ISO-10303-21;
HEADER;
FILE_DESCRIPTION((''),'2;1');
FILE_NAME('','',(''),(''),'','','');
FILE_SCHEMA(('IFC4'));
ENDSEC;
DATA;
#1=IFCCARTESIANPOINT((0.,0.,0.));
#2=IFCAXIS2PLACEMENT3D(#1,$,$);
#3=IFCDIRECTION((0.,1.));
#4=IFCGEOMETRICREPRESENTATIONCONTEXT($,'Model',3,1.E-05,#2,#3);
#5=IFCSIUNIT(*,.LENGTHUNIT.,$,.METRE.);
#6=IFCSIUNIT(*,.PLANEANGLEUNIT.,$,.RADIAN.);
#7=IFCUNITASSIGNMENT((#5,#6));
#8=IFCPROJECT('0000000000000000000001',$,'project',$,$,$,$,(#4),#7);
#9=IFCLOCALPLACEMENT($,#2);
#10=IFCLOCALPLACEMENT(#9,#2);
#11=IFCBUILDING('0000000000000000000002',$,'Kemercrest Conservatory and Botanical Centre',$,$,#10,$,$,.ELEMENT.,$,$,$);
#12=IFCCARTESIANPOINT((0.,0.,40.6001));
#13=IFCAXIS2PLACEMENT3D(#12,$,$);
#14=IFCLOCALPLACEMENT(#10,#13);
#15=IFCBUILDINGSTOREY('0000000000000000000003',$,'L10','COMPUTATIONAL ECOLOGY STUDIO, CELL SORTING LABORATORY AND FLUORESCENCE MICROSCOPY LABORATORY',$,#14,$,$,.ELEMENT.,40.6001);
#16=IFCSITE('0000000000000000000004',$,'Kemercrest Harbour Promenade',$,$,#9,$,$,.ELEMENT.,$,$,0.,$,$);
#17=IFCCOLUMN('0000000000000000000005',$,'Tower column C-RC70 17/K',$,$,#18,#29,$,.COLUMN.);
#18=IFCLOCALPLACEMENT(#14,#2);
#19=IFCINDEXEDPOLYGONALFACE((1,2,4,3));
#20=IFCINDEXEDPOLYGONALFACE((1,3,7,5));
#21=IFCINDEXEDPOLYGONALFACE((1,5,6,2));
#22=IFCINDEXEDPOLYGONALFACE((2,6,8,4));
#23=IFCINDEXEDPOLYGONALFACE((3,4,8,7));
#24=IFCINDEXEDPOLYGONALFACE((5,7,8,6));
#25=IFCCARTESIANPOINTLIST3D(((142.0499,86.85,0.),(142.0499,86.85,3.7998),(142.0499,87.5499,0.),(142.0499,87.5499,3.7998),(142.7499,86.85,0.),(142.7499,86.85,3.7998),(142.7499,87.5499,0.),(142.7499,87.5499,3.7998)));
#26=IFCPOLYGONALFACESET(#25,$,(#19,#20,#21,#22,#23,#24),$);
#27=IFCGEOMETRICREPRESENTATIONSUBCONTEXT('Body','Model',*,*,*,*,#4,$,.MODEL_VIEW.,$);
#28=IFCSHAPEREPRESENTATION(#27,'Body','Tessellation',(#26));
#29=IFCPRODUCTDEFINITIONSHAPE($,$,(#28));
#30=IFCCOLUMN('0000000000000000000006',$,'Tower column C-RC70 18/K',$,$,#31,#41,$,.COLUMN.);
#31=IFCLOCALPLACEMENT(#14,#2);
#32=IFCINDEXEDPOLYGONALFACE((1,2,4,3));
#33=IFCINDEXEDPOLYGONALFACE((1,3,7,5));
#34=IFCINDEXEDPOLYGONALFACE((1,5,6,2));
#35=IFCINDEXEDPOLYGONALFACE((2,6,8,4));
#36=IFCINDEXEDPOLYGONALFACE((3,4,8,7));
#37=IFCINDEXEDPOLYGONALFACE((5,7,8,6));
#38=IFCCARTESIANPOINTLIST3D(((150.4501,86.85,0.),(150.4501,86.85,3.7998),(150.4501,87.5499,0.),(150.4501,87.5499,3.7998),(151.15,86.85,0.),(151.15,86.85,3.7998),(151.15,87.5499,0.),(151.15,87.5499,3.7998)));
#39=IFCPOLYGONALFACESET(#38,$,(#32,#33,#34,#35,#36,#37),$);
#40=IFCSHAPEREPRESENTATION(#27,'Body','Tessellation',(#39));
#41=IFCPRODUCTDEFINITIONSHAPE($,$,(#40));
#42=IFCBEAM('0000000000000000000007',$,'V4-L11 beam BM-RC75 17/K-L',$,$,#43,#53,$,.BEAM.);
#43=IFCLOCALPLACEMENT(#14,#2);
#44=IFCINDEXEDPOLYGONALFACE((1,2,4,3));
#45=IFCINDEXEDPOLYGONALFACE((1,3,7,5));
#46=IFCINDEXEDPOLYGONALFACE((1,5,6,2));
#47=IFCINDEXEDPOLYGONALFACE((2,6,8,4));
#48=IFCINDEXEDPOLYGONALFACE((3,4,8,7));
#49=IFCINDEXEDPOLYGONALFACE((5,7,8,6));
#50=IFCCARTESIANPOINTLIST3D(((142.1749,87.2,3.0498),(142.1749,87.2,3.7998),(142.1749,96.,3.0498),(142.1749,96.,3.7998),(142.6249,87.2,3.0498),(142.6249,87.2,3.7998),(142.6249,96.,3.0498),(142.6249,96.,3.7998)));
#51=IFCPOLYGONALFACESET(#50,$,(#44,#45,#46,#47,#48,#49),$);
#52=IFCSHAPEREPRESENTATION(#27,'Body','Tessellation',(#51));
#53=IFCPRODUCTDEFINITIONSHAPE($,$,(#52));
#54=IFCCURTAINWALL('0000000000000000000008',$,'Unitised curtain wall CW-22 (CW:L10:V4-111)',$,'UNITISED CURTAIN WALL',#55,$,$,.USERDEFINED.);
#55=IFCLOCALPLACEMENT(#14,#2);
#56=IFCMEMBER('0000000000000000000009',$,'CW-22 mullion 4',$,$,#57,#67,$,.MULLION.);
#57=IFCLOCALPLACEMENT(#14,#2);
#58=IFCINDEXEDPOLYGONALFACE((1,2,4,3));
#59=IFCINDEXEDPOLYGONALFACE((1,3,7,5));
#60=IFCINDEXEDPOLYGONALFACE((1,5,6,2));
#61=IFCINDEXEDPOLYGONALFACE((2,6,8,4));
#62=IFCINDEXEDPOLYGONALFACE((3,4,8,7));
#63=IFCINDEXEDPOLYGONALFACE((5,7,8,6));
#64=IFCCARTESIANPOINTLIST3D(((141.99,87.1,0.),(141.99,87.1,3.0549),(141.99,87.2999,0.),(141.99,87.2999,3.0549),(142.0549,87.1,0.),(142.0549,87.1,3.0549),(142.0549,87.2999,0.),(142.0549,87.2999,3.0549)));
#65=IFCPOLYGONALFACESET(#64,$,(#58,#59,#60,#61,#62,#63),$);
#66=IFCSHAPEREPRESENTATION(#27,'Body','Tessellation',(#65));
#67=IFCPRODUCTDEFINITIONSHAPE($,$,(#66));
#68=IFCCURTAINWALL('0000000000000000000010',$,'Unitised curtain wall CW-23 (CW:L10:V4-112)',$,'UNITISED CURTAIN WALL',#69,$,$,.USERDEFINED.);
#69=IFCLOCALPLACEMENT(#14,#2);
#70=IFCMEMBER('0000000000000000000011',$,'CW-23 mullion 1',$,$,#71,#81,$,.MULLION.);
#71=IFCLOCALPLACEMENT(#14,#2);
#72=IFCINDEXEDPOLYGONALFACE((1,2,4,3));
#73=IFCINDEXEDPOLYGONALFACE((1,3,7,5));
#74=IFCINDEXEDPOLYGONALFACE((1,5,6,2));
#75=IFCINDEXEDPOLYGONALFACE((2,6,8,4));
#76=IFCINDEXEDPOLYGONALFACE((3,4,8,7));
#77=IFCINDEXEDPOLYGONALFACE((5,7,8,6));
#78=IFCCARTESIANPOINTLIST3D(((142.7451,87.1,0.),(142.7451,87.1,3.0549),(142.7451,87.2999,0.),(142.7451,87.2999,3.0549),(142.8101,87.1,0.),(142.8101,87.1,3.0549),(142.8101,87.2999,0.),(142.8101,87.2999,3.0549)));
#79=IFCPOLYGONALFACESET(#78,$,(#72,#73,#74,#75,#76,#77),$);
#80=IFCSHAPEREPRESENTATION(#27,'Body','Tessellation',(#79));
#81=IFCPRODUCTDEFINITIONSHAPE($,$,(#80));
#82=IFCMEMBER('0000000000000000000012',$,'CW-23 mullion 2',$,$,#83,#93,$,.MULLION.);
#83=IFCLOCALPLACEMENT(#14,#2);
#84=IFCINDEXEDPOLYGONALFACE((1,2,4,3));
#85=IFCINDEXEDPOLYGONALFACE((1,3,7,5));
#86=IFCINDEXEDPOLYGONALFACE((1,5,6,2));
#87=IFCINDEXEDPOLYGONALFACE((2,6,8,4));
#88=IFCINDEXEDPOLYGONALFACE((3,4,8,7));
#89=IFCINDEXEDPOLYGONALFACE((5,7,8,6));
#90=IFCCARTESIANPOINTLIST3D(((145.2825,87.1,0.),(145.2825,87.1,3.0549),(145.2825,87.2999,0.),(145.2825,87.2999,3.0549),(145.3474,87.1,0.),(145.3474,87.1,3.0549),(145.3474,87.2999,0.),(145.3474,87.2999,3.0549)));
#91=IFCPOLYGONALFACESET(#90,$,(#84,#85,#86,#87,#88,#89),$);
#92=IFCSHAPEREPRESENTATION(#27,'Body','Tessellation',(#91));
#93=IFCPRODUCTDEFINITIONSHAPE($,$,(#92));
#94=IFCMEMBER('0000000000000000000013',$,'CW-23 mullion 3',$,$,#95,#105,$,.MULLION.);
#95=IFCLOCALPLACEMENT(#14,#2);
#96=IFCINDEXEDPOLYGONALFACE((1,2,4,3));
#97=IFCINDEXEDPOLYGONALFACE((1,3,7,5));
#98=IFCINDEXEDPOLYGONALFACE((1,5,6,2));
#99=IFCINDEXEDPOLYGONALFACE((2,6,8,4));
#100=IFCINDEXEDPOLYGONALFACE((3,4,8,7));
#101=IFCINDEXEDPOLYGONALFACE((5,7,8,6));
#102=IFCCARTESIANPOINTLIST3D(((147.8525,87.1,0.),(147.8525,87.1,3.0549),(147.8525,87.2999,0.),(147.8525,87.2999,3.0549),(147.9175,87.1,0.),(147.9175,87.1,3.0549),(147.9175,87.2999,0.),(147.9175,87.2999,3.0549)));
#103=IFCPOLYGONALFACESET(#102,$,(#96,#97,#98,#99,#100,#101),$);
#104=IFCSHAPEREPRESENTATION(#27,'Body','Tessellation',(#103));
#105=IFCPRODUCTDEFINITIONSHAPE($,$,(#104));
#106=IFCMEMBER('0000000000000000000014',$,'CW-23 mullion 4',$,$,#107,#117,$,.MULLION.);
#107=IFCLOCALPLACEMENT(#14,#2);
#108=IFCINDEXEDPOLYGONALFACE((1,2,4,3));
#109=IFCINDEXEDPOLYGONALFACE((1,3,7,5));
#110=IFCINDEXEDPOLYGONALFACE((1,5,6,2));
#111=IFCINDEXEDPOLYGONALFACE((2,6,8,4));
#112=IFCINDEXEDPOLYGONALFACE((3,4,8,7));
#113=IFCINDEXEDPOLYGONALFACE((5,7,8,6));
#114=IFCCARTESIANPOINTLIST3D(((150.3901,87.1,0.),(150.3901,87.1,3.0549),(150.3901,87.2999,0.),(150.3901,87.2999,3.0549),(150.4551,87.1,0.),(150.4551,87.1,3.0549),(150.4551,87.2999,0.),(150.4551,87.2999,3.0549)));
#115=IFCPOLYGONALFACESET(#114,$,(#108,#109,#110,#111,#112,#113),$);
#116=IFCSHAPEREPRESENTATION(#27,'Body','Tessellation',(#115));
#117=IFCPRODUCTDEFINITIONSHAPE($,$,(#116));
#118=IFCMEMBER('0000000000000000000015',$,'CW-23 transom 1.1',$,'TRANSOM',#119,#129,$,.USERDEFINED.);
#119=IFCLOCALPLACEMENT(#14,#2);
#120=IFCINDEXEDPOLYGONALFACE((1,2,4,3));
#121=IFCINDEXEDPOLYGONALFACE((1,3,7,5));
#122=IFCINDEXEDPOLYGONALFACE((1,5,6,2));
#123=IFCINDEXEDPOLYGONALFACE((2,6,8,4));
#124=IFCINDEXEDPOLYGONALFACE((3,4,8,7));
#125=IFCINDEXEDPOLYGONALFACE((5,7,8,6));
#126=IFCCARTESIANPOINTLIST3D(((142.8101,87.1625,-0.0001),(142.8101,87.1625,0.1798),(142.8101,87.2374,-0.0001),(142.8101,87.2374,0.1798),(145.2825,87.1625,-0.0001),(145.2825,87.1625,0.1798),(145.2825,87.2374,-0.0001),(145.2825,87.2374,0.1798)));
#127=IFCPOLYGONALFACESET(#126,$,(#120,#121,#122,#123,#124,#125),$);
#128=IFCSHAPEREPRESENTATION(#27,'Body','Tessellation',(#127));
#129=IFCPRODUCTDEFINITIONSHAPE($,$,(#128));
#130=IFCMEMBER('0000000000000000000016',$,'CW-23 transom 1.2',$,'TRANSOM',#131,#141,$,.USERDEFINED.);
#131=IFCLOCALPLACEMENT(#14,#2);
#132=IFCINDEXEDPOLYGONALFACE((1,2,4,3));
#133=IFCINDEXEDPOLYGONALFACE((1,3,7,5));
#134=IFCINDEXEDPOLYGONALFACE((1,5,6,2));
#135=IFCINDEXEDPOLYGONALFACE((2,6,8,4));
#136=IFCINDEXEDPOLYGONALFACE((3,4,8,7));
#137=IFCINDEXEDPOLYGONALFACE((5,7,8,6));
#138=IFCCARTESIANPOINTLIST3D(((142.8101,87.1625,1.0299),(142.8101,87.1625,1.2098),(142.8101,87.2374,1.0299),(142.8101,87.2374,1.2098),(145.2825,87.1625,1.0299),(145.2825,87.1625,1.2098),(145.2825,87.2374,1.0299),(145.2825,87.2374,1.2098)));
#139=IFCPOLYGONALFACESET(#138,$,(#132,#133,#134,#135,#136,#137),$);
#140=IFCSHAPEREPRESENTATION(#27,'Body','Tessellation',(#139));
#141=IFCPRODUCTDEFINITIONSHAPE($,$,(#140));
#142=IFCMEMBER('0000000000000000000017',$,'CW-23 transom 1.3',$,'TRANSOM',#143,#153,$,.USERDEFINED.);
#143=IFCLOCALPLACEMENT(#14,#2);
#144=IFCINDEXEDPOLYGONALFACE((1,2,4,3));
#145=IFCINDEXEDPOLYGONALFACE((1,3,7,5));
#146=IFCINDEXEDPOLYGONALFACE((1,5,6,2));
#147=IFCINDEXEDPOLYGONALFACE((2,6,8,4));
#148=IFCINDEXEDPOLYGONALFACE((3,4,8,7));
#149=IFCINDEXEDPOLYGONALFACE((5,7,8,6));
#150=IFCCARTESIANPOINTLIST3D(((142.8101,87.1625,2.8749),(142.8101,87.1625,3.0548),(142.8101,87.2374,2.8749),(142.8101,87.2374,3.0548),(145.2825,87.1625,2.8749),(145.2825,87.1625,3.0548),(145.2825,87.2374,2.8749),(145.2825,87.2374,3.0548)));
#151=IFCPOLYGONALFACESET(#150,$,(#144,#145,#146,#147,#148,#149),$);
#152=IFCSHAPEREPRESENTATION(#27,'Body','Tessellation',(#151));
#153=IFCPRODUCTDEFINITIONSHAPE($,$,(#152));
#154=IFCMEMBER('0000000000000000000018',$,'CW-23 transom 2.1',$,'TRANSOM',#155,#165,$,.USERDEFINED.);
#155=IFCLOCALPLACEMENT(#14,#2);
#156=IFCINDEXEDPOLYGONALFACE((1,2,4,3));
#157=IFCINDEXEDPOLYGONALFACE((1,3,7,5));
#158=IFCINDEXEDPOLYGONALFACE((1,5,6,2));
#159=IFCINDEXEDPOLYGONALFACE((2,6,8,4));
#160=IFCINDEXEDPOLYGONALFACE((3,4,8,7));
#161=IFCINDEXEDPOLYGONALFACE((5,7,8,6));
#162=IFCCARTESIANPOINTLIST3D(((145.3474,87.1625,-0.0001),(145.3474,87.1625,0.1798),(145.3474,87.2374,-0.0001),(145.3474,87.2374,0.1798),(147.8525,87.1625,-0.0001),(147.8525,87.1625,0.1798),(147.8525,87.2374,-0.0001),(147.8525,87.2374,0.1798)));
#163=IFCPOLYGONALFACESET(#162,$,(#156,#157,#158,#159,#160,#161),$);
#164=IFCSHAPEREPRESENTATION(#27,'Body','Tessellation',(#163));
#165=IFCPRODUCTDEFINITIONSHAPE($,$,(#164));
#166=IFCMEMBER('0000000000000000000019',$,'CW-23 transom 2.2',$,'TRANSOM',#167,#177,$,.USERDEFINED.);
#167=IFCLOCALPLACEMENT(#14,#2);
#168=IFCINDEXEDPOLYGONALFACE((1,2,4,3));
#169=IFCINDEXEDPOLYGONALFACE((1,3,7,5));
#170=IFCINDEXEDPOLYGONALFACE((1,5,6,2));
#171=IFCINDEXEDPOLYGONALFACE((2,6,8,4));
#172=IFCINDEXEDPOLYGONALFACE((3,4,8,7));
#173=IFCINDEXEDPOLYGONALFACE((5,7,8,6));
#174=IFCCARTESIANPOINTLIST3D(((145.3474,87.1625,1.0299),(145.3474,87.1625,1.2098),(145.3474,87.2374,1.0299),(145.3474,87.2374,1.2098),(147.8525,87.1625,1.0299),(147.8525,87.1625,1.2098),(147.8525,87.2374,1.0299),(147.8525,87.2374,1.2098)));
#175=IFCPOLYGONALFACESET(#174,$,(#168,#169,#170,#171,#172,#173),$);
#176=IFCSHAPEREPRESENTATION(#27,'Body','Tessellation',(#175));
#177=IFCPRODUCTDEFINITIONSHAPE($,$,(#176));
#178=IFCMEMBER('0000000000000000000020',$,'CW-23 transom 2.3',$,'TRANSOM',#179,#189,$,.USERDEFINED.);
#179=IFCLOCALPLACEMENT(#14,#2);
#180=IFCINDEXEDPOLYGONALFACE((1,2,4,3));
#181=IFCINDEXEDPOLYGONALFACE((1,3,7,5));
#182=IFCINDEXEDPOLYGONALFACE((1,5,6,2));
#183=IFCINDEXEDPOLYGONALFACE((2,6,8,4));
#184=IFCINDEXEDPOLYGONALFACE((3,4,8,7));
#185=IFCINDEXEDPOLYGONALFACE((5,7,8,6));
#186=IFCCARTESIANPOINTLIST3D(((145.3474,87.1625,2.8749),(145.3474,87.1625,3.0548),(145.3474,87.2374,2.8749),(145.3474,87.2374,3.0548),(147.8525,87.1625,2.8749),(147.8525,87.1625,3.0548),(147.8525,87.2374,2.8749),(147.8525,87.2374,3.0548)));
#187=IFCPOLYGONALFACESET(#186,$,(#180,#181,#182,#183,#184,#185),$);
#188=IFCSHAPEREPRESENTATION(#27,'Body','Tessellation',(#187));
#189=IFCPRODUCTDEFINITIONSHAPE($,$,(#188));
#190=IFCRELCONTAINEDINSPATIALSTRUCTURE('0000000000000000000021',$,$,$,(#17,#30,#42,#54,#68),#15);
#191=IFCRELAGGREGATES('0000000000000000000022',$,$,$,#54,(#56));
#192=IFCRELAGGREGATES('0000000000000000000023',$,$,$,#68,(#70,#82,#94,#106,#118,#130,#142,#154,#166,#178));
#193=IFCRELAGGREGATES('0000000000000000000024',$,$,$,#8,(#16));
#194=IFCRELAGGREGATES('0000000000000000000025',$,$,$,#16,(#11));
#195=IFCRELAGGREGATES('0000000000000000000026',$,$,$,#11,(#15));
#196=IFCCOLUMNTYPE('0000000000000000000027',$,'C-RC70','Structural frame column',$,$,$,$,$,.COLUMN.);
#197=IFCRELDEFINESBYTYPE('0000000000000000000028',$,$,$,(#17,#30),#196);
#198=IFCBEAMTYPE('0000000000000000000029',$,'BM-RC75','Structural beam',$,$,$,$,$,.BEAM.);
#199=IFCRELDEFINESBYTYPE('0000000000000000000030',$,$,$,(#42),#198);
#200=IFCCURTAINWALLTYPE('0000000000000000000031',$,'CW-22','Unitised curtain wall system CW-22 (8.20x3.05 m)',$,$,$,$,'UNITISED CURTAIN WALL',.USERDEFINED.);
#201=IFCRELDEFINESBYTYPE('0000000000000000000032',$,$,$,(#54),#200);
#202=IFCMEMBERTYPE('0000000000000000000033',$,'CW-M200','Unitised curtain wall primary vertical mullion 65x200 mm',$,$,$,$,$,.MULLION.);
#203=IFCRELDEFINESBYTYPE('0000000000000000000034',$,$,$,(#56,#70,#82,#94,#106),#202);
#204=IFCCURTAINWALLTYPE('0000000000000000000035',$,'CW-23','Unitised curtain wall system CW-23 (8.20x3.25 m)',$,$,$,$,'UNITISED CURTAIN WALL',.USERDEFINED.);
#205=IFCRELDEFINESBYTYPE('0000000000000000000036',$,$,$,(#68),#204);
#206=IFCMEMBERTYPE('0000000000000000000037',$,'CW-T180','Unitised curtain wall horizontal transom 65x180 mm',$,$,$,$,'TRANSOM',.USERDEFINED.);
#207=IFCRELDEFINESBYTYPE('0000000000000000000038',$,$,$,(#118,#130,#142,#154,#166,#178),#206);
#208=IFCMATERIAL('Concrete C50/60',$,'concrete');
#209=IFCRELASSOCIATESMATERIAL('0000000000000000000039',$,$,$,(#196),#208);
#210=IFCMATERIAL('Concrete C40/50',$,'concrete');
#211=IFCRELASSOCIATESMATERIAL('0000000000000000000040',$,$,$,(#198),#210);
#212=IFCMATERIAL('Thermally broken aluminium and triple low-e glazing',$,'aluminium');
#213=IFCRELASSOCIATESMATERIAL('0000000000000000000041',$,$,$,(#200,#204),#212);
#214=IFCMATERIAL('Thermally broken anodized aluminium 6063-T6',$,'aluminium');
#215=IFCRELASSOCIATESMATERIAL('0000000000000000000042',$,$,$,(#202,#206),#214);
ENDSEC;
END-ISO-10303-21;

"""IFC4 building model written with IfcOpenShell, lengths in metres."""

from ifc_helpers import new_model, si_unit, direction, frame, origin, origin_2d, place, context, subcontext, project, spatial, rectangle, extrude, material, material_profile, profile_set, type_object, element, aggregate, save


model = new_model("IFC4")

# Units and contexts
model_context = context("Model", 3, precision=1e-05, world=origin(), true_north=direction((0.0, 1.0)))
body_context = subcontext(model_context, "Body", "Model", "MODEL_VIEW")
ifc_project = project(units=[si_unit("LENGTHUNIT", "METRE"), si_unit("PLANEANGLEUNIT", "RADIAN")], contexts=[model_context])

# Site, building, storey
site_placement = place(None, origin())
site = spatial("IfcSite", under=ifc_project, at=site_placement, Name="Kemercrest Harbour Promenade", CompositionType="ELEMENT", RefElevation=0.0)
building_placement = place(site_placement, origin())
building = spatial("IfcBuilding", under=site, at=building_placement, Name="Kemercrest Conservatory and Botanical Centre", CompositionType="ELEMENT")
storey_placement = place(building_placement, frame((0.0, 0.0, 40.6001)))
storey = spatial("IfcBuildingStorey", under=building, at=storey_placement, Name="L10", Description="COMPUTATIONAL ECOLOGY STUDIO, CELL SORTING LABORATORY AND FLUORESCENCE MICROSCOPY LABORATORY", CompositionType="ELEMENT", Elevation=40.6001)

# Columns
ifc_material_1 = material(Name="Concrete C50/60", Category="concrete")
ifc_material_profile_1 = material_profile(ifc_material_1, rectangle(XDim=0.7, YDim=0.7, at=origin_2d()), Name="RC 700x700")
ifc_profile_set_1 = profile_set([ifc_material_profile_1], Name="Concrete C50/60")
column_type = type_object("IfcColumnType", Name="C-RC70", Description="Structural frame column", PredefinedType="COLUMN", material=ifc_profile_set_1)
for number, where, z_axis, x_axis, name in (
    (1, (142.3999, 87.2, 0.0), (0.0, 0.0, 1.0), (1.0, 0.0, 0.0), "Tower column C-RC70 17/K"),
    (2, (150.8, 87.2, 0.0), (0.0, 0.0, 1.0), (1.0, 0.0, 0.0), "Tower column C-RC70 18/K"),
):
    element("IfcColumn", number, at=place(storey_placement, frame(where, z_axis=z_axis, x_axis=x_axis)), inside=storey, type_object=column_type, Name=name, PredefinedType="COLUMN", context=body_context, shape_type="SweptSolid", body=[
        extrude(rectangle(XDim=0.7, YDim=0.7, at=origin_2d()), origin(), (0.0, 0.0, 1.0), 3.7998),
    ])

# Beam
ifc_material_2 = material(Name="Concrete C40/50", Category="concrete")
ifc_material_profile_2 = material_profile(ifc_material_2, rectangle(XDim=0.45, YDim=0.75, at=origin_2d()), Name="RC 450x750")
ifc_profile_set_2 = profile_set([ifc_material_profile_2], Name="Concrete C40/50")
beam_type_1 = type_object("IfcBeamType", Name="BM-RC75", Description="Structural beam", PredefinedType="BEAM", material=ifc_profile_set_2)
beam_1_placement = place(storey_placement, frame((142.3999, 87.2, 3.4248), z_axis=(0.0, 1.0, 0.0), x_axis=(-1.0, 0.0, 0.0)))
element("IfcBeam", 3, at=beam_1_placement, inside=storey, type_object=beam_type_1, Name="V4-L11 beam BM-RC75 17/K-L", PredefinedType="BEAM", context=body_context, shape_type="SweptSolid", body=[
    extrude(rectangle(XDim=0.45, YDim=0.75, at=origin_2d()), origin(), (0.0, 0.0, 1.0), 8.8),
])

# Curtain wall, member
ifc_material_3 = material(Name="Thermally broken aluminium and triple low-e glazing", Category="aluminium")
curtain_wall_type_1 = type_object("IfcCurtainWallType", Name="CW-22", Description="Unitised curtain wall system CW-22 (8.20x3.05 m)", ElementType="UNITISED CURTAIN WALL", PredefinedType="USERDEFINED", material=ifc_material_3)
curtain_wall_1_placement = place(storey_placement, origin())
curtain_wall_1 = element("IfcCurtainWall", 4, at=curtain_wall_1_placement, inside=storey, type_object=curtain_wall_type_1, Name="Unitised curtain wall CW-22 (CW:L10:V4-111)", ObjectType="UNITISED CURTAIN WALL", PredefinedType="USERDEFINED")
ifc_material_4 = material(Name="Thermally broken anodized aluminium 6063-T6", Category="aluminium")
ifc_material_profile_3 = material_profile(ifc_material_4, rectangle(XDim=0.2, YDim=0.0649, at=origin_2d()), Name="AL MULLION 65x200")
ifc_profile_set_3 = profile_set([ifc_material_profile_3], Name="Thermally broken anodized aluminium 6063-T6")
member_type_1 = type_object("IfcMemberType", Name="CW-M200", Description="Unitised curtain wall primary vertical mullion 65x200 mm", PredefinedType="MULLION", material=ifc_profile_set_3)
member_1_placement = place(storey_placement, frame((142.0225, 87.2, 0.0), z_axis=(0.0, 0.0, 1.0), x_axis=(0.0, 1.0, 0.0)))
member_1 = element("IfcMember", 5, at=member_1_placement, type_object=member_type_1, Name="CW-22 mullion 4", PredefinedType="MULLION", context=body_context, shape_type="SweptSolid", body=[
    extrude(rectangle(XDim=0.2, YDim=0.0649, at=origin_2d()), origin(), (0.0, 0.0, 1.0), 3.0549),
])
aggregate(curtain_wall_1, [member_1])

# Curtain wall, members
curtain_wall_type_2 = type_object("IfcCurtainWallType", Name="CW-23", Description="Unitised curtain wall system CW-23 (8.20x3.25 m)", ElementType="UNITISED CURTAIN WALL", PredefinedType="USERDEFINED", material=ifc_material_3)
curtain_wall_2_placement = place(storey_placement, origin())
curtain_wall_2 = element("IfcCurtainWall", 6, at=curtain_wall_2_placement, inside=storey, type_object=curtain_wall_type_2, Name="Unitised curtain wall CW-23 (CW:L10:V4-112)", ObjectType="UNITISED CURTAIN WALL", PredefinedType="USERDEFINED")
member_2_placement = place(storey_placement, frame((142.7776, 87.2, 0.0), z_axis=(0.0, 0.0, 1.0), x_axis=(0.0, 1.0, 0.0)))
member_2 = element("IfcMember", 7, at=member_2_placement, type_object=member_type_1, Name="CW-23 mullion 1", PredefinedType="MULLION", context=body_context, shape_type="SweptSolid", body=[
    extrude(rectangle(XDim=0.2, YDim=0.0649, at=origin_2d()), origin(), (0.0, 0.0, 1.0), 3.0549),
])
member_3_placement = place(storey_placement, frame((145.3149, 87.2, 0.0), z_axis=(0.0, 0.0, 1.0), x_axis=(0.0, 1.0, 0.0)))
member_3 = element("IfcMember", 8, at=member_3_placement, type_object=member_type_1, Name="CW-23 mullion 2", PredefinedType="MULLION", context=body_context, shape_type="SweptSolid", body=[
    extrude(rectangle(XDim=0.2, YDim=0.0649, at=origin_2d()), origin(), (0.0, 0.0, 1.0), 3.0549),
])
member_4_placement = place(storey_placement, frame((147.885, 87.2, 0.0), z_axis=(0.0, 0.0, 1.0), x_axis=(0.0, 1.0, 0.0)))
member_4 = element("IfcMember", 9, at=member_4_placement, type_object=member_type_1, Name="CW-23 mullion 3", PredefinedType="MULLION", context=body_context, shape_type="SweptSolid", body=[
    extrude(rectangle(XDim=0.2, YDim=0.0649, at=origin_2d()), origin(), (0.0, 0.0, 1.0), 3.0549),
])
member_5_placement = place(storey_placement, frame((150.4226, 87.2, 0.0), z_axis=(0.0, 0.0, 1.0), x_axis=(0.0, 1.0, 0.0)))
member_5 = element("IfcMember", 10, at=member_5_placement, type_object=member_type_1, Name="CW-23 mullion 4", PredefinedType="MULLION", context=body_context, shape_type="SweptSolid", body=[
    extrude(rectangle(XDim=0.2, YDim=0.0649, at=origin_2d()), origin(), (0.0, 0.0, 1.0), 3.0549),
])
ifc_material_profile_4 = material_profile(ifc_material_4, rectangle(XDim=0.075, YDim=0.1799, at=origin_2d()), Name="AL TRANSOM 75x180")
ifc_profile_set_4 = profile_set([ifc_material_profile_4], Name="Thermally broken anodized aluminium 6063-T6")
member_type_2 = type_object("IfcMemberType", Name="CW-T180", Description="Unitised curtain wall horizontal transom 65x180 mm", ElementType="TRANSOM", PredefinedType="USERDEFINED", material=ifc_profile_set_4)
member_6_placement = place(storey_placement, frame((142.8101, 87.2, 0.0898), z_axis=(1.0, 0.0, 0.0), x_axis=(0.0, 1.0, 0.0)))
member_6 = element("IfcMember", 11, at=member_6_placement, type_object=member_type_2, Name="CW-23 transom 1.1", ObjectType="TRANSOM", PredefinedType="USERDEFINED", context=body_context, shape_type="SweptSolid", body=[
    extrude(rectangle(XDim=0.075, YDim=0.1799, at=origin_2d()), origin(), (0.0, 0.0, 1.0), 2.4724),
])
member_7_placement = place(storey_placement, frame((142.8101, 87.2, 1.1199), z_axis=(1.0, 0.0, 0.0), x_axis=(0.0, 1.0, 0.0)))
member_7 = element("IfcMember", 12, at=member_7_placement, type_object=member_type_2, Name="CW-23 transom 1.2", ObjectType="TRANSOM", PredefinedType="USERDEFINED", context=body_context, shape_type="SweptSolid", body=[
    extrude(rectangle(XDim=0.075, YDim=0.1799, at=origin_2d()), origin(), (0.0, 0.0, 1.0), 2.4724),
])
member_8_placement = place(storey_placement, frame((142.8101, 87.2, 2.9648), z_axis=(1.0, 0.0, 0.0), x_axis=(0.0, 1.0, 0.0)))
member_8 = element("IfcMember", 13, at=member_8_placement, type_object=member_type_2, Name="CW-23 transom 1.3", ObjectType="TRANSOM", PredefinedType="USERDEFINED", context=body_context, shape_type="SweptSolid", body=[
    extrude(rectangle(XDim=0.075, YDim=0.1799, at=origin_2d()), origin(), (0.0, 0.0, 1.0), 2.4724),
])
member_9_placement = place(storey_placement, frame((145.3474, 87.2, 0.0898), z_axis=(1.0, 0.0, 0.0), x_axis=(0.0, 1.0, 0.0)))
member_9 = element("IfcMember", 14, at=member_9_placement, type_object=member_type_2, Name="CW-23 transom 2.1", ObjectType="TRANSOM", PredefinedType="USERDEFINED", context=body_context, shape_type="SweptSolid", body=[
    extrude(rectangle(XDim=0.075, YDim=0.1799, at=origin_2d()), origin(), (0.0, 0.0, 1.0), 2.5051),
])
member_10_placement = place(storey_placement, frame((145.3474, 87.2, 1.1199), z_axis=(1.0, 0.0, 0.0), x_axis=(0.0, 1.0, 0.0)))
member_10 = element("IfcMember", 15, at=member_10_placement, type_object=member_type_2, Name="CW-23 transom 2.2", ObjectType="TRANSOM", PredefinedType="USERDEFINED", context=body_context, shape_type="SweptSolid", body=[
    extrude(rectangle(XDim=0.075, YDim=0.1799, at=origin_2d()), origin(), (0.0, 0.0, 1.0), 2.5051),
])
member_11_placement = place(storey_placement, frame((145.3474, 87.2, 2.9648), z_axis=(1.0, 0.0, 0.0), x_axis=(0.0, 1.0, 0.0)))
member_11 = element("IfcMember", 16, at=member_11_placement, type_object=member_type_2, Name="CW-23 transom 2.3", ObjectType="TRANSOM", PredefinedType="USERDEFINED", context=body_context, shape_type="SweptSolid", body=[
    extrude(rectangle(XDim=0.075, YDim=0.1799, at=origin_2d()), origin(), (0.0, 0.0, 1.0), 2.5051),
])

aggregate(curtain_wall_2, [member_2, member_3, member_4, member_5, member_6, member_7, member_8, member_9, member_10, member_11])

save(model, "model.ifc")
